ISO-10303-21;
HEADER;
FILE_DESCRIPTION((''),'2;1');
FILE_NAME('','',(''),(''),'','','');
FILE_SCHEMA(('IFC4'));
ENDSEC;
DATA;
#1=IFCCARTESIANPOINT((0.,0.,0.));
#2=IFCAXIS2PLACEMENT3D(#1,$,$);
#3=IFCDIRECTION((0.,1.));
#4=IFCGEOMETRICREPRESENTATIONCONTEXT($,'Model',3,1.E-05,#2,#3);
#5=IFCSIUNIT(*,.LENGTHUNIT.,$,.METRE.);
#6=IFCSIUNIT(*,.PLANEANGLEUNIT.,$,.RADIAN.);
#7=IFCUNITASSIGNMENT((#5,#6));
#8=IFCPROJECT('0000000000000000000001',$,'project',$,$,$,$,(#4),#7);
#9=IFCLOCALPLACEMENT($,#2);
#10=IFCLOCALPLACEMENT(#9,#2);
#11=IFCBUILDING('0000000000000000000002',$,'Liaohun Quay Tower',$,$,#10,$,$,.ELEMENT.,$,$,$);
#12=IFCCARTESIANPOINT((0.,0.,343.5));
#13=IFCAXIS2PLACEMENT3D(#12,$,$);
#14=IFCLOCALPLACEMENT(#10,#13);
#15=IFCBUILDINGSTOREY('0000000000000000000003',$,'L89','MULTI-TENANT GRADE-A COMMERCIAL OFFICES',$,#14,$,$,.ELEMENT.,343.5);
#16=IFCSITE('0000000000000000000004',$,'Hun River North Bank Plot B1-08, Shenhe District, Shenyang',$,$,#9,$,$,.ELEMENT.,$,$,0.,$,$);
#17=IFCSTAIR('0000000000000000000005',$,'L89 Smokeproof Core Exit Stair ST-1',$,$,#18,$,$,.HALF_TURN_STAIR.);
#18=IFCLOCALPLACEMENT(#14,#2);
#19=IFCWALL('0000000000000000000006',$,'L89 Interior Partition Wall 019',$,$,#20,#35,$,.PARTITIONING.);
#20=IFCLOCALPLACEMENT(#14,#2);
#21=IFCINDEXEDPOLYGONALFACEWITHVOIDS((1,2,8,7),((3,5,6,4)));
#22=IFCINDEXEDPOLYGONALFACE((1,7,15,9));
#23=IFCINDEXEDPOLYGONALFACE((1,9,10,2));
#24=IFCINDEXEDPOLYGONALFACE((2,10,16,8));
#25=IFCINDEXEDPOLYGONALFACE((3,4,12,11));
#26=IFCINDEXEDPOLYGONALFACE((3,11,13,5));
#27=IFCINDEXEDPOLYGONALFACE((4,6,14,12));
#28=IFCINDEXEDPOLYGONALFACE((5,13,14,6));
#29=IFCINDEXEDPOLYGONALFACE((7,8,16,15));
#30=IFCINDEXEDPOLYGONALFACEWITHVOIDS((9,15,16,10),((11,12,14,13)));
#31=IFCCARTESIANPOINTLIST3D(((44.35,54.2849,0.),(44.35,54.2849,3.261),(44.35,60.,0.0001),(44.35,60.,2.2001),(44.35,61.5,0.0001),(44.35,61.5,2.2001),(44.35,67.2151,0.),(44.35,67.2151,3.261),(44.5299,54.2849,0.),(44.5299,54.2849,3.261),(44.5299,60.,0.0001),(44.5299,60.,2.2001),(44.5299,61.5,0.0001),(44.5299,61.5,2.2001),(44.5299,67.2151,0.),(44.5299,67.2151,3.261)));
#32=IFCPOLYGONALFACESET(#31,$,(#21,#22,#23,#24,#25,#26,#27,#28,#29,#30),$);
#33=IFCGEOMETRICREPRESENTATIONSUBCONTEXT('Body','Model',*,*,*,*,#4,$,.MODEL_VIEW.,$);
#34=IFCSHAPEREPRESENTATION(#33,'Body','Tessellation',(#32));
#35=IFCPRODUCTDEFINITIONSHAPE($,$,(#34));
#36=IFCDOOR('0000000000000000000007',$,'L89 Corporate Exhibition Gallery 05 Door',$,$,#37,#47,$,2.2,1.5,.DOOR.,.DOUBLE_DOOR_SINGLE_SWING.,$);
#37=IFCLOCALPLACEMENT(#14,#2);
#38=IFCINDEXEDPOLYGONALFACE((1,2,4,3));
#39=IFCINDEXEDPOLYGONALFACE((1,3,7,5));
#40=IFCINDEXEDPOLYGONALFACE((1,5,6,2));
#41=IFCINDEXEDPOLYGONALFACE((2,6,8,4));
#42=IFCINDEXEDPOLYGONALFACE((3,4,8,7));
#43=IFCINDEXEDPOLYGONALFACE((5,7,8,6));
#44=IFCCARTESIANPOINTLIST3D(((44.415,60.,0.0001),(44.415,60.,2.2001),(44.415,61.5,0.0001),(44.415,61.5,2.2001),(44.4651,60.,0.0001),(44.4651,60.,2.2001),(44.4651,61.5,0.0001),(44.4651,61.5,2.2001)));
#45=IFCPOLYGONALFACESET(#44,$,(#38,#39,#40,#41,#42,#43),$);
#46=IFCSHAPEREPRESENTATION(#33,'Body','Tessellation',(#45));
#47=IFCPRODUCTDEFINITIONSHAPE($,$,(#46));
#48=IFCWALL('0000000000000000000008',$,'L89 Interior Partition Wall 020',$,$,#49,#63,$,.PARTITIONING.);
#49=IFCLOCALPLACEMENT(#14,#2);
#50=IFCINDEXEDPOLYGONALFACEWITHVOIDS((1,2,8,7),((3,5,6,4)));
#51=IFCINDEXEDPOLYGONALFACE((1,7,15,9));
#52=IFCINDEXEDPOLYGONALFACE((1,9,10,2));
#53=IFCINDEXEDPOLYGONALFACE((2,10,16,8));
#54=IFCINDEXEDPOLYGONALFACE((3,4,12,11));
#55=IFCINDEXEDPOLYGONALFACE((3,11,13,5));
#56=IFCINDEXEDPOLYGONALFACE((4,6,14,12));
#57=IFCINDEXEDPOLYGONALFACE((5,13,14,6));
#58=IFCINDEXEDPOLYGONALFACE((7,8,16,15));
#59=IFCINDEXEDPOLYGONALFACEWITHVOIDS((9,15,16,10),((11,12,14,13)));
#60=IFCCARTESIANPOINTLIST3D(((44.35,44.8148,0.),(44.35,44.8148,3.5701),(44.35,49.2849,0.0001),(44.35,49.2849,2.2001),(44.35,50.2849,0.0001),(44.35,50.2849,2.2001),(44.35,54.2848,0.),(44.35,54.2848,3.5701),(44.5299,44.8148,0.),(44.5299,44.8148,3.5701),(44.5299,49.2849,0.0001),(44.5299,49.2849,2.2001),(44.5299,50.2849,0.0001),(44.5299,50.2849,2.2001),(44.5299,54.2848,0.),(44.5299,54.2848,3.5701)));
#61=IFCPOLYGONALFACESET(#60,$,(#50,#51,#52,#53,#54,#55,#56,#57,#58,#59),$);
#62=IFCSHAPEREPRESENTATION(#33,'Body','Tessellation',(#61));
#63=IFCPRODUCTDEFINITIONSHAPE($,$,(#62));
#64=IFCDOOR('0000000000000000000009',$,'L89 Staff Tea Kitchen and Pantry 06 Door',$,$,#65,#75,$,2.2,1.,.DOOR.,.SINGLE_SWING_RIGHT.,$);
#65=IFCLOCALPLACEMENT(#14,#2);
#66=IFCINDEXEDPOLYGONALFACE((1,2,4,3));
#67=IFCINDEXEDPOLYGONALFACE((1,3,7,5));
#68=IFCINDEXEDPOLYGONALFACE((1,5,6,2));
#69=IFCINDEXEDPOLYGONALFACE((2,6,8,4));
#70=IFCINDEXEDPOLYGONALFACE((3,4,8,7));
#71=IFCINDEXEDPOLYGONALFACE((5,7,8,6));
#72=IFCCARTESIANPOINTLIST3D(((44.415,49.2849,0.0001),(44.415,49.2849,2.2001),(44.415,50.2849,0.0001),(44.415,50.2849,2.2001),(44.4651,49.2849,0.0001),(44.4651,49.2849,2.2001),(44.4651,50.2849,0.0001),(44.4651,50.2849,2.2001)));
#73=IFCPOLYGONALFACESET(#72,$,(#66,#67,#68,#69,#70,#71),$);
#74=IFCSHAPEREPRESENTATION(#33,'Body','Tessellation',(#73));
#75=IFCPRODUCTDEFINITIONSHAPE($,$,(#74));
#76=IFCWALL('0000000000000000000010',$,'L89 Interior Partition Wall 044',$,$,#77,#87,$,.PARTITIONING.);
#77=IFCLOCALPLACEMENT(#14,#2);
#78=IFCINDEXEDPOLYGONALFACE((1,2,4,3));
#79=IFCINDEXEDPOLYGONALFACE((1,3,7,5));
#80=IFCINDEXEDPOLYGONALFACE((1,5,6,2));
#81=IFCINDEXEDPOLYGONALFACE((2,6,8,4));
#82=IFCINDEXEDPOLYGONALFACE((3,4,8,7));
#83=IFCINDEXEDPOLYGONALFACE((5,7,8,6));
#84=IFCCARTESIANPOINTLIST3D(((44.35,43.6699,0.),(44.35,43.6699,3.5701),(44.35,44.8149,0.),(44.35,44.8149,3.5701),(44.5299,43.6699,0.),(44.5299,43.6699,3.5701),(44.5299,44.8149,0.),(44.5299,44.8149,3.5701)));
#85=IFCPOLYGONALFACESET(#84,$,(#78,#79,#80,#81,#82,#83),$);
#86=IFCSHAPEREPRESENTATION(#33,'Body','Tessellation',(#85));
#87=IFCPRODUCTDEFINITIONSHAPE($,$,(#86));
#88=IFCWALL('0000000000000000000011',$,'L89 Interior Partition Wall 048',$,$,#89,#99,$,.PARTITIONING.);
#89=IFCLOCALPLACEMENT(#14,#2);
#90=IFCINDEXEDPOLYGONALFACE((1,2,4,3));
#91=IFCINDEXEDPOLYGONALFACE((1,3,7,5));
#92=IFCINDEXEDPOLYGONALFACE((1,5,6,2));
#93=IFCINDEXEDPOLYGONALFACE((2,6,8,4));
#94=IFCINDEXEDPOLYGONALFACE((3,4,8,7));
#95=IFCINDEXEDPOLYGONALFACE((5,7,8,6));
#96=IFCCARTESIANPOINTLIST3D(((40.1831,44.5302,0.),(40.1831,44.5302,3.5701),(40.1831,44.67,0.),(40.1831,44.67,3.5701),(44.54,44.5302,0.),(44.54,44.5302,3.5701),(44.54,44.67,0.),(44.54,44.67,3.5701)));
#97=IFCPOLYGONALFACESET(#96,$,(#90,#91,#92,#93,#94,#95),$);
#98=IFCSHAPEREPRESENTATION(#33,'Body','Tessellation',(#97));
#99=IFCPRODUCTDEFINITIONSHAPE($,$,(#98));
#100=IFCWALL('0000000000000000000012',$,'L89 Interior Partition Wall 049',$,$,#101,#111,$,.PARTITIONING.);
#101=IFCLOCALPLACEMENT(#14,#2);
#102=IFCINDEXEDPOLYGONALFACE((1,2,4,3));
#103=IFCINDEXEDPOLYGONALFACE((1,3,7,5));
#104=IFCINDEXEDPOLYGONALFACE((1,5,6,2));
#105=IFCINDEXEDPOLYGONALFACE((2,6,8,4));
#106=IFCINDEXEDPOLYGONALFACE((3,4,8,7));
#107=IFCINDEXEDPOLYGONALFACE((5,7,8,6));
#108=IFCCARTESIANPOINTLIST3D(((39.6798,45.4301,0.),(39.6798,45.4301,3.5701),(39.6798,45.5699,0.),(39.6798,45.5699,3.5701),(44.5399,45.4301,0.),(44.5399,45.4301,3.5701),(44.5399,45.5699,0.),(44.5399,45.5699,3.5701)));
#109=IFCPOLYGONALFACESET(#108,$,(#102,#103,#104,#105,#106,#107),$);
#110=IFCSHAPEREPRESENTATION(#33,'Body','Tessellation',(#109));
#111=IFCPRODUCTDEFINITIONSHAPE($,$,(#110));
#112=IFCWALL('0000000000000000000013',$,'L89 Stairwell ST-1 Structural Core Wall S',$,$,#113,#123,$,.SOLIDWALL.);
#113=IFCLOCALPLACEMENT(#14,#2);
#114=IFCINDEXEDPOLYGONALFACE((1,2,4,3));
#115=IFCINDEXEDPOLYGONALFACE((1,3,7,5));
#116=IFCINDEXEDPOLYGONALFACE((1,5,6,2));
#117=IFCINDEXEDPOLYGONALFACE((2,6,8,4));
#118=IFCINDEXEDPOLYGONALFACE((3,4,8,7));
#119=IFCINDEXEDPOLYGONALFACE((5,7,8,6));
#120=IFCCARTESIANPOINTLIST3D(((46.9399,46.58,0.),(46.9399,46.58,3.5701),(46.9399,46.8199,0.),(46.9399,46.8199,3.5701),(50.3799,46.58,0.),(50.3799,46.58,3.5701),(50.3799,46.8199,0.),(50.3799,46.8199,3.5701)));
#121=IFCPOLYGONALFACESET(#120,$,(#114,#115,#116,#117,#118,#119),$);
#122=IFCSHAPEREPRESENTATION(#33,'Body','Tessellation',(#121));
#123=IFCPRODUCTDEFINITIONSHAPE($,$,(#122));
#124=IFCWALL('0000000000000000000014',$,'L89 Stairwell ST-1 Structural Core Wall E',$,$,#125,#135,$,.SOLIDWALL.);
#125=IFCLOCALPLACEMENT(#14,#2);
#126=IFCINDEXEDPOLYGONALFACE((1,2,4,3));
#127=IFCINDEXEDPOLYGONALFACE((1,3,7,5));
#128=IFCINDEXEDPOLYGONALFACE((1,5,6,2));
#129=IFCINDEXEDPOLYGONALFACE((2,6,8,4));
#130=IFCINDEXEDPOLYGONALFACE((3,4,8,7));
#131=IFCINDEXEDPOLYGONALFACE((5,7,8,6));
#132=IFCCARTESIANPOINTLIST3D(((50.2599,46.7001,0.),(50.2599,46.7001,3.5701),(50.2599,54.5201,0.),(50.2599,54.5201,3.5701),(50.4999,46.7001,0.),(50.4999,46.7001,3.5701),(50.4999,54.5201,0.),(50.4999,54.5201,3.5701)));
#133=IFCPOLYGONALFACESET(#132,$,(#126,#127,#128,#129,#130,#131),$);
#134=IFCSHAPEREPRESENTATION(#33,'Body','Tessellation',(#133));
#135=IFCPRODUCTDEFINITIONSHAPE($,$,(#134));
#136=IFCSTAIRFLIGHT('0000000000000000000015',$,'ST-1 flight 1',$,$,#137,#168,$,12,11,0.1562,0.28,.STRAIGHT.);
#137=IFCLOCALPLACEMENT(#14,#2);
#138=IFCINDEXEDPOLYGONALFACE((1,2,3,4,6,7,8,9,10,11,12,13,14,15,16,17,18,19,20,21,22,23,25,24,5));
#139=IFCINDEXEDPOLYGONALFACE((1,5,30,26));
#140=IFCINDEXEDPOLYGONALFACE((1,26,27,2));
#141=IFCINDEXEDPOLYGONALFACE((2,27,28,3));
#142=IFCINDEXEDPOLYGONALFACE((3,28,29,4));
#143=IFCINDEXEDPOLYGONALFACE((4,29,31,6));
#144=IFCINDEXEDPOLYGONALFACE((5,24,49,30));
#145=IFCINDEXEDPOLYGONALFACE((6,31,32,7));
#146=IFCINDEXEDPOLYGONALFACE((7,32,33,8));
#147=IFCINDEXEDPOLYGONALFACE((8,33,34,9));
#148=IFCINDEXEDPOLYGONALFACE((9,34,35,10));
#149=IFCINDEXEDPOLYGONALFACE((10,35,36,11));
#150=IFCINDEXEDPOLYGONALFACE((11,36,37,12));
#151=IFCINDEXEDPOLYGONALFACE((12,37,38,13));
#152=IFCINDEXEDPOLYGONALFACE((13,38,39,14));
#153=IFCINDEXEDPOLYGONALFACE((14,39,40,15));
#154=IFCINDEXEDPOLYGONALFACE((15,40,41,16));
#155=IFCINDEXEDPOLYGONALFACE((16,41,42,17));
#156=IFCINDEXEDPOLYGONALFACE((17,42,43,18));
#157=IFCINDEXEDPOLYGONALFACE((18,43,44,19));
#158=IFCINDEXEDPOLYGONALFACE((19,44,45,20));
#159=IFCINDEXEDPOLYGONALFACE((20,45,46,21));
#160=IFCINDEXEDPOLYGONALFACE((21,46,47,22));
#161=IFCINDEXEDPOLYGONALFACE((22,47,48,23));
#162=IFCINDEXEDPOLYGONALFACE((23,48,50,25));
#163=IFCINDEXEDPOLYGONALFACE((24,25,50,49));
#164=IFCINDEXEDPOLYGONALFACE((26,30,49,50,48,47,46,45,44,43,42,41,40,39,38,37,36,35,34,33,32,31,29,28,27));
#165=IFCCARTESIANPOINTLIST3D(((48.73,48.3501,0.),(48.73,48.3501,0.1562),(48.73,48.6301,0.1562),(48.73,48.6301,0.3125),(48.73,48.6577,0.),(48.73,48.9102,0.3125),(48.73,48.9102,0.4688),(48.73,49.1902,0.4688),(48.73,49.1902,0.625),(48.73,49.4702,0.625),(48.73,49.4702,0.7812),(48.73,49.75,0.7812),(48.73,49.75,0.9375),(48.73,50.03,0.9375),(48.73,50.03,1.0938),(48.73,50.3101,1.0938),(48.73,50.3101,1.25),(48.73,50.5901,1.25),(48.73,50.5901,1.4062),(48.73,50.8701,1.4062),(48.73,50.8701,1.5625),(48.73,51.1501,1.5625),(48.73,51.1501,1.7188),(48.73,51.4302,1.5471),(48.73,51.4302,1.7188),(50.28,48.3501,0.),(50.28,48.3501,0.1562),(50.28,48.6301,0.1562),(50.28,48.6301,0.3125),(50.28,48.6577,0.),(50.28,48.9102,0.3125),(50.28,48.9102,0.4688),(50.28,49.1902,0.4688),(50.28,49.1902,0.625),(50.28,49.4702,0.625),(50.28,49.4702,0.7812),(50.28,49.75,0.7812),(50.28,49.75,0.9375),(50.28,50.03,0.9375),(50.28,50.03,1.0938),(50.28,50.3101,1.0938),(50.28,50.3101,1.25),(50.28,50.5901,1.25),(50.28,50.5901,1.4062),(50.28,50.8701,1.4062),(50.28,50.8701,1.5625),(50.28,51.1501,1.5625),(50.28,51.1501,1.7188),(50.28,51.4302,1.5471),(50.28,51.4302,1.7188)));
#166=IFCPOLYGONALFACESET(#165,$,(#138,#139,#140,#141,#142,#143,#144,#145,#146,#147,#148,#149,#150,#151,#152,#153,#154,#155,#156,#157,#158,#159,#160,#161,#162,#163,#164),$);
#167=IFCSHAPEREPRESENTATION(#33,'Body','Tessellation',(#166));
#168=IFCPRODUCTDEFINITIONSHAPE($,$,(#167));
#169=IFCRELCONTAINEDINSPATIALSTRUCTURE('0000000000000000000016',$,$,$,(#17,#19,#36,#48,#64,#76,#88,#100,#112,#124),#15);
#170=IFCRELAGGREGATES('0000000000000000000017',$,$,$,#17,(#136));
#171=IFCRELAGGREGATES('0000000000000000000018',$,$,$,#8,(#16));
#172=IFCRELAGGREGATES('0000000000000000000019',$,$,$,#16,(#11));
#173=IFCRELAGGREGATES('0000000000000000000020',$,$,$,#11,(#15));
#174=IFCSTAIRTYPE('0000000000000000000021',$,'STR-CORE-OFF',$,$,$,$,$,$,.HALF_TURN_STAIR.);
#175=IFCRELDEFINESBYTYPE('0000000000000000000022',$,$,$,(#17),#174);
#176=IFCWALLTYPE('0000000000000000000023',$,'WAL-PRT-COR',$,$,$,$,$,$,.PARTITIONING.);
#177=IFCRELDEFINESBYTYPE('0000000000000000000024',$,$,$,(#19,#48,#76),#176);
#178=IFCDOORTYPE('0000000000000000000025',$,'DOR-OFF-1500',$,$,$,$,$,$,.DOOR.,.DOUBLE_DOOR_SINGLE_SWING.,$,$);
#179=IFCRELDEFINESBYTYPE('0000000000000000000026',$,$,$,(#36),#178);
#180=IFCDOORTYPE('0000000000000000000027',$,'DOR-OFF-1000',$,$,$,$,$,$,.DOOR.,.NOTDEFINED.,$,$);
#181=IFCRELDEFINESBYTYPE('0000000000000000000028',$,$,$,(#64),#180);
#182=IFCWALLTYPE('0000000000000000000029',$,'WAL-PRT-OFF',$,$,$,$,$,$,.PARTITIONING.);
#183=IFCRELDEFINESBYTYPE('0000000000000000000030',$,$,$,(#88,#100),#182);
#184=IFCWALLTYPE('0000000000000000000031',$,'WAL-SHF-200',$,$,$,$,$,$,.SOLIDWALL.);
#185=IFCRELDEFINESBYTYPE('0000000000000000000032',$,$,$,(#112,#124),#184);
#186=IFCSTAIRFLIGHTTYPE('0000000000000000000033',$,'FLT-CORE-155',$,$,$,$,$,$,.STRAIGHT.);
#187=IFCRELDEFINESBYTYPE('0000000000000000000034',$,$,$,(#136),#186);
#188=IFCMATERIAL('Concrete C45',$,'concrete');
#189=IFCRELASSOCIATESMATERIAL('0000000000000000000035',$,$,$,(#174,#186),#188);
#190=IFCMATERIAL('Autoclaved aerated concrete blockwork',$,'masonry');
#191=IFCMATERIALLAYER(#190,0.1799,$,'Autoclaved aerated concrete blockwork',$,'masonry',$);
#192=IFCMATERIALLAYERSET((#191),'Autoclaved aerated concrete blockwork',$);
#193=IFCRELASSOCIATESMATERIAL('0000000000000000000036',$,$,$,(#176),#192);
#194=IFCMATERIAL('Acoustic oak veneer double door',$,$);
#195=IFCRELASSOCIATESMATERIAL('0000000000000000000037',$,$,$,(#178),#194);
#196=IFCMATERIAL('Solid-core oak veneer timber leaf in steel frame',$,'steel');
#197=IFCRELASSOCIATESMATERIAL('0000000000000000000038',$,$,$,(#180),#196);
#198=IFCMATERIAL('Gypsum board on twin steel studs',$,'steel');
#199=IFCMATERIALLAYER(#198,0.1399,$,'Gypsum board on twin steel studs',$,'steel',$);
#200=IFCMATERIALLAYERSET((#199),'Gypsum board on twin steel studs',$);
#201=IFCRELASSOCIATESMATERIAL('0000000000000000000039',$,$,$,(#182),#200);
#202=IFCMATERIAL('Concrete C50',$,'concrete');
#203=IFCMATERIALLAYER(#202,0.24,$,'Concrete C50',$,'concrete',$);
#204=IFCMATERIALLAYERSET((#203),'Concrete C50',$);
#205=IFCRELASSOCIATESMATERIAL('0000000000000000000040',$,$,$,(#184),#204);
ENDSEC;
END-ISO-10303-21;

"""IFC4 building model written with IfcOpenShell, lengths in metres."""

from ifc_helpers import new_model, si_unit, direction, frame, frame_2d, origin, place, context, subcontext, project, spatial, polyline, rectangle, outline, extrude, source, transform, mapped, material, layer, layer_set, type_object, element, fill, aggregate, save


model = new_model("IFC4")

# Units and contexts
model_context = context("Model", 3, precision=1e-05, world=origin(), true_north=direction((0.0, 1.0)))
body_context = subcontext(model_context, "Body", "Model", "MODEL_VIEW")
ifc_project = project(units=[si_unit("LENGTHUNIT", "METRE"), si_unit("PLANEANGLEUNIT", "RADIAN")], contexts=[model_context])

# Site, building, storey
site_placement = place(None, origin())
site = spatial("IfcSite", under=ifc_project, at=site_placement, Name="Hun River North Bank Plot B1-08, Shenhe District, Shenyang", CompositionType="ELEMENT", RefElevation=0.0)
building_placement = place(site_placement, origin())
building = spatial("IfcBuilding", under=site, at=building_placement, Name="Liaohun Quay Tower", CompositionType="ELEMENT")
storey_placement = place(building_placement, frame((0.0, 0.0, 343.5)))
storey = spatial("IfcBuildingStorey", under=building, at=storey_placement, Name="L89", Description="MULTI-TENANT GRADE-A COMMERCIAL OFFICES", CompositionType="ELEMENT", Elevation=343.5)

# Shared definitions
ifc_material_1 = material(Name="Concrete C50", Category="concrete")

# Stair
ifc_material_2 = material(Name="Concrete C45", Category="concrete")
stair_type = type_object("IfcStairType", Name="STR-CORE-OFF", PredefinedType="HALF_TURN_STAIR", material=ifc_material_2)
stair_1_placement = place(storey_placement, origin())
stair_1 = element("IfcStair", 1, at=stair_1_placement, inside=storey, type_object=stair_type, Name="L89 Smokeproof Core Exit Stair ST-1", PredefinedType="HALF_TURN_STAIR")

# Walls, openings, doors
ifc_material_3 = material(Name="Autoclaved aerated concrete blockwork", Category="masonry")
ifc_layer_1 = layer(ifc_material_3, 0.1799, Name="Autoclaved aerated concrete blockwork", Category="masonry")
ifc_layer_set_1 = layer_set([ifc_layer_1], Name="Autoclaved aerated concrete blockwork")
wall_type_1 = type_object("IfcWallType", Name="WAL-PRT-COR", PredefinedType="PARTITIONING", material=ifc_layer_set_1)
wall_1_placement = place(storey_placement, frame((44.4399, 54.2849, 0.0), z_axis=(0.0, 0.0, 1.0), x_axis=(0.0, 1.0, 0.0)))
wall_1 = element("IfcWall", 2, at=wall_1_placement, inside=storey, type_object=wall_type_1, Name="L89 Interior Partition Wall 019", PredefinedType="PARTITIONING", context=body_context, shape_type="SweptSolid", body=[
    extrude(rectangle(XDim=12.9302, YDim=0.1799, at=frame_2d((6.4651, 0.0))), origin(), (0.0, 0.0, 1.0), 3.261),
])
shared_shape_1 = source(origin(), body_context, "Body", "SweptSolid", [
    extrude(rectangle(XDim=1.5, YDim=2.2, at=frame_2d((0.75, 1.1001))), frame((0.0, 0.0999, 0.0), z_axis=(0.0, -1.0, 0.0), x_axis=(1.0, 0.0, 0.0)), (0.0, 0.0, 1.0), 0.2),
])
opening_1_placement = place(wall_1_placement, frame((5.7151, 0.0, 0.0)))
opening_1 = element("IfcOpeningElement", 3, at=opening_1_placement, cuts=wall_1, PredefinedType="OPENING", context=body_context, shape_type="MappedRepresentation", body=[
    mapped(shared_shape_1, transform((0.0, 0.0, 0.0), x_axis=(1.0, 0.0, 0.0), y_axis=(0.0, 1.0, 0.0), z_axis=(0.0, 0.0, 1.0), scale=1.0)),
])
ifc_material_4 = material(Name="Acoustic oak veneer double door")
door_type_1 = type_object("IfcDoorType", Name="DOR-OFF-1500", OperationType="DOUBLE_DOOR_SINGLE_SWING", PredefinedType="DOOR", material=ifc_material_4)
shared_shape_2 = source(origin(), body_context, "Body", "SweptSolid", [
    extrude(rectangle(XDim=1.5, YDim=2.2, at=frame_2d((0.75, 1.1001))), frame((0.0, 0.0249, 0.0), z_axis=(0.0, -1.0, 0.0), x_axis=(1.0, 0.0, 0.0)), (0.0, 0.0, 1.0), 0.05),
])
door_1_placement = place(opening_1_placement, origin())
door_1 = element("IfcDoor", 4, at=door_1_placement, inside=storey, type_object=door_type_1, Name="L89 Corporate Exhibition Gallery 05 Door", OperationType="DOUBLE_DOOR_SINGLE_SWING", OverallHeight=2.2, OverallWidth=1.5, PredefinedType="DOOR", context=body_context, shape_type="MappedRepresentation", body=[
    mapped(shared_shape_2, transform((0.0, 0.0, 0.0), x_axis=(1.0, 0.0, 0.0), y_axis=(0.0, 1.0, 0.0), z_axis=(0.0, 0.0, 1.0), scale=1.0)),
])
fill(opening_1, door_1)
wall_2_placement = place(storey_placement, frame((44.4399, 44.8149, 0.0), z_axis=(0.0, 0.0, 1.0), x_axis=(0.0, 1.0, 0.0)))
wall_2 = element("IfcWall", 5, at=wall_2_placement, inside=storey, type_object=wall_type_1, Name="L89 Interior Partition Wall 020", PredefinedType="PARTITIONING", context=body_context, shape_type="SweptSolid", body=[
    extrude(rectangle(XDim=9.47, YDim=0.1799, at=frame_2d((4.7349, 0.0))), origin(), (0.0, 0.0, 1.0), 3.5701),
])
shared_shape_3 = source(origin(), body_context, "Body", "SweptSolid", [
    extrude(rectangle(XDim=1.0, YDim=2.2, at=frame_2d((0.5, 1.1001))), frame((0.0, 0.0999, 0.0), z_axis=(0.0, -1.0, 0.0), x_axis=(1.0, 0.0, 0.0)), (0.0, 0.0, 1.0), 0.2),
])
opening_2_placement = place(wall_2_placement, frame((4.47, 0.0, 0.0)))
opening_2 = element("IfcOpeningElement", 6, at=opening_2_placement, cuts=wall_2, PredefinedType="OPENING", context=body_context, shape_type="MappedRepresentation", body=[
    mapped(shared_shape_3, transform((0.0, 0.0, 0.0), x_axis=(1.0, 0.0, 0.0), y_axis=(0.0, 1.0, 0.0), z_axis=(0.0, 0.0, 1.0), scale=1.0)),
])
ifc_material_5 = material(Name="Solid-core oak veneer timber leaf in steel frame", Category="steel")
door_type_2 = type_object("IfcDoorType", Name="DOR-OFF-1000", OperationType="NOTDEFINED", PredefinedType="DOOR", material=ifc_material_5)
shared_shape_4 = source(origin(), body_context, "Body", "SweptSolid", [
    extrude(rectangle(XDim=1.0, YDim=2.2, at=frame_2d((0.5, 1.1001))), frame((0.0, 0.0249, 0.0), z_axis=(0.0, -1.0, 0.0), x_axis=(1.0, 0.0, 0.0)), (0.0, 0.0, 1.0), 0.05),
])
door_2_placement = place(opening_2_placement, origin())
door_2 = element("IfcDoor", 7, at=door_2_placement, inside=storey, type_object=door_type_2, Name="L89 Staff Tea Kitchen and Pantry 06 Door", OperationType="SINGLE_SWING_RIGHT", OverallHeight=2.2, OverallWidth=1.0, PredefinedType="DOOR", context=body_context, shape_type="MappedRepresentation", body=[
    mapped(shared_shape_4, transform((0.0, 0.0, 0.0), x_axis=(1.0, 0.0, 0.0), y_axis=(0.0, 1.0, 0.0), z_axis=(0.0, 0.0, 1.0), scale=1.0)),
])
fill(opening_2, door_2)

# Walls
wall_3_placement = place(storey_placement, frame((44.4399, 43.6699, 0.0), z_axis=(0.0, 0.0, 1.0), x_axis=(0.0, 1.0, 0.0)))
element("IfcWall", 8, at=wall_3_placement, inside=storey, type_object=wall_type_1, Name="L89 Interior Partition Wall 044", PredefinedType="PARTITIONING", context=body_context, shape_type="SweptSolid", body=[
    extrude(rectangle(XDim=1.145, YDim=0.1799, at=frame_2d((0.5725, 0.0))), origin(), (0.0, 0.0, 1.0), 3.5701),
])
ifc_material_6 = material(Name="Gypsum board on twin steel studs", Category="steel")
ifc_layer_2 = layer(ifc_material_6, 0.1399, Name="Gypsum board on twin steel studs", Category="steel")
ifc_layer_set_2 = layer_set([ifc_layer_2], Name="Gypsum board on twin steel studs")
wall_type_2 = type_object("IfcWallType", Name="WAL-PRT-OFF", PredefinedType="PARTITIONING", material=ifc_layer_set_2)
wall_4_placement = place(storey_placement, frame((44.54, 44.6001, 0.0), z_axis=(0.0, 0.0, 1.0), x_axis=(-1.0, 0.0, 0.0)))
element("IfcWall", 9, at=wall_4_placement, inside=storey, type_object=wall_type_2, Name="L89 Interior Partition Wall 048", PredefinedType="PARTITIONING", context=body_context, shape_type="SweptSolid", body=[
    extrude(rectangle(XDim=4.3569, YDim=0.1399, at=frame_2d((2.1785, 0.0))), origin(), (0.0, 0.0, 1.0), 3.5701),
])
wall_5_placement = place(storey_placement, frame((44.54, 45.5, 0.0), z_axis=(0.0, 0.0, 1.0), x_axis=(-1.0, 0.0, 0.0)))
element("IfcWall", 10, at=wall_5_placement, inside=storey, type_object=wall_type_2, Name="L89 Interior Partition Wall 049", PredefinedType="PARTITIONING", context=body_context, shape_type="SweptSolid", body=[
    extrude(rectangle(XDim=4.8601, YDim=0.1399, at=frame_2d((2.4302, 0.0))), origin(), (0.0, 0.0, 1.0), 3.5701),
])
ifc_layer_3 = layer(ifc_material_1, 0.24, Name="Concrete C50", Category="concrete")
ifc_layer_set_3 = layer_set([ifc_layer_3], Name="Concrete C50")
wall_type_3 = type_object("IfcWallType", Name="WAL-SHF-200", PredefinedType="SOLIDWALL", material=ifc_layer_set_3)
wall_6_placement = place(storey_placement, frame((46.9399, 46.7, 0.0), z_axis=(0.0, 0.0, 1.0), x_axis=(1.0, 0.0, 0.0)))
element("IfcWall", 11, at=wall_6_placement, inside=storey, type_object=wall_type_3, Name="L89 Stairwell ST-1 Structural Core Wall S", PredefinedType="SOLIDWALL", context=body_context, shape_type="SweptSolid", body=[
    extrude(rectangle(XDim=3.4399, YDim=0.24, at=frame_2d((1.72, 0.0))), origin(), (0.0, 0.0, 1.0), 3.5701),
])
wall_7_placement = place(storey_placement, frame((50.3799, 46.7, 0.0), z_axis=(0.0, 0.0, 1.0), x_axis=(0.0, 1.0, 0.0)))
element("IfcWall", 12, at=wall_7_placement, inside=storey, type_object=wall_type_3, Name="L89 Stairwell ST-1 Structural Core Wall E", PredefinedType="SOLIDWALL", context=body_context, shape_type="SweptSolid", body=[
    extrude(rectangle(XDim=7.8201, YDim=0.24, at=frame_2d((3.9102, 0.0))), origin(), (0.0, 0.0, 1.0), 3.5701),
])

# Stair flight
stair_flight_type = type_object("IfcStairFlightType", Name="FLT-CORE-155", PredefinedType="STRAIGHT", material=ifc_material_2)
stair_flight_1_placement = place(storey_placement, frame((49.5049, 48.3501, 0.0), z_axis=(0.0, 0.0, 1.0), x_axis=(0.0, 1.0, 0.0)))
stair_flight_1 = element("IfcStairFlight", 13, at=stair_flight_1_placement, type_object=stair_flight_type, Name="ST-1 flight 1", NumberOfRisers=12, NumberOfTreads=11, PredefinedType="STRAIGHT", RiserHeight=0.1562, TreadLength=0.28, context=body_context, shape_type="SweptSolid", body=[
    extrude(outline(polyline([(0.0, 0.0), (0.0, 0.1562), (0.28, 0.1562), (0.28, 0.3125), (0.5601, 0.3125), (0.5601, 0.4688), (0.8401, 0.4688), (0.8401, 0.625), (1.1201, 0.625), (1.1201, 0.7812), (1.3999, 0.7812), (1.3999, 0.9375), (1.6799, 0.9375), (1.6799, 1.0938), (1.96, 1.0938), (1.96, 1.25), (2.24, 1.25), (2.24, 1.4062), (2.52, 1.4062), (2.52, 1.5625), (2.8, 1.5625), (2.8, 1.7188), (3.0801, 1.7188), (3.0801, 1.875), (3.0801, 1.5471), (0.3076, 0.0), (0.0, 0.0)])), frame((0.0, 0.7749, 0.0), z_axis=(0.0, -1.0, 0.0), x_axis=(1.0, 0.0, 0.0)), (0.0, 0.0, 1.0), 1.55),
])
aggregate(stair_1, [stair_flight_1])

save(model, "model.ifc")
